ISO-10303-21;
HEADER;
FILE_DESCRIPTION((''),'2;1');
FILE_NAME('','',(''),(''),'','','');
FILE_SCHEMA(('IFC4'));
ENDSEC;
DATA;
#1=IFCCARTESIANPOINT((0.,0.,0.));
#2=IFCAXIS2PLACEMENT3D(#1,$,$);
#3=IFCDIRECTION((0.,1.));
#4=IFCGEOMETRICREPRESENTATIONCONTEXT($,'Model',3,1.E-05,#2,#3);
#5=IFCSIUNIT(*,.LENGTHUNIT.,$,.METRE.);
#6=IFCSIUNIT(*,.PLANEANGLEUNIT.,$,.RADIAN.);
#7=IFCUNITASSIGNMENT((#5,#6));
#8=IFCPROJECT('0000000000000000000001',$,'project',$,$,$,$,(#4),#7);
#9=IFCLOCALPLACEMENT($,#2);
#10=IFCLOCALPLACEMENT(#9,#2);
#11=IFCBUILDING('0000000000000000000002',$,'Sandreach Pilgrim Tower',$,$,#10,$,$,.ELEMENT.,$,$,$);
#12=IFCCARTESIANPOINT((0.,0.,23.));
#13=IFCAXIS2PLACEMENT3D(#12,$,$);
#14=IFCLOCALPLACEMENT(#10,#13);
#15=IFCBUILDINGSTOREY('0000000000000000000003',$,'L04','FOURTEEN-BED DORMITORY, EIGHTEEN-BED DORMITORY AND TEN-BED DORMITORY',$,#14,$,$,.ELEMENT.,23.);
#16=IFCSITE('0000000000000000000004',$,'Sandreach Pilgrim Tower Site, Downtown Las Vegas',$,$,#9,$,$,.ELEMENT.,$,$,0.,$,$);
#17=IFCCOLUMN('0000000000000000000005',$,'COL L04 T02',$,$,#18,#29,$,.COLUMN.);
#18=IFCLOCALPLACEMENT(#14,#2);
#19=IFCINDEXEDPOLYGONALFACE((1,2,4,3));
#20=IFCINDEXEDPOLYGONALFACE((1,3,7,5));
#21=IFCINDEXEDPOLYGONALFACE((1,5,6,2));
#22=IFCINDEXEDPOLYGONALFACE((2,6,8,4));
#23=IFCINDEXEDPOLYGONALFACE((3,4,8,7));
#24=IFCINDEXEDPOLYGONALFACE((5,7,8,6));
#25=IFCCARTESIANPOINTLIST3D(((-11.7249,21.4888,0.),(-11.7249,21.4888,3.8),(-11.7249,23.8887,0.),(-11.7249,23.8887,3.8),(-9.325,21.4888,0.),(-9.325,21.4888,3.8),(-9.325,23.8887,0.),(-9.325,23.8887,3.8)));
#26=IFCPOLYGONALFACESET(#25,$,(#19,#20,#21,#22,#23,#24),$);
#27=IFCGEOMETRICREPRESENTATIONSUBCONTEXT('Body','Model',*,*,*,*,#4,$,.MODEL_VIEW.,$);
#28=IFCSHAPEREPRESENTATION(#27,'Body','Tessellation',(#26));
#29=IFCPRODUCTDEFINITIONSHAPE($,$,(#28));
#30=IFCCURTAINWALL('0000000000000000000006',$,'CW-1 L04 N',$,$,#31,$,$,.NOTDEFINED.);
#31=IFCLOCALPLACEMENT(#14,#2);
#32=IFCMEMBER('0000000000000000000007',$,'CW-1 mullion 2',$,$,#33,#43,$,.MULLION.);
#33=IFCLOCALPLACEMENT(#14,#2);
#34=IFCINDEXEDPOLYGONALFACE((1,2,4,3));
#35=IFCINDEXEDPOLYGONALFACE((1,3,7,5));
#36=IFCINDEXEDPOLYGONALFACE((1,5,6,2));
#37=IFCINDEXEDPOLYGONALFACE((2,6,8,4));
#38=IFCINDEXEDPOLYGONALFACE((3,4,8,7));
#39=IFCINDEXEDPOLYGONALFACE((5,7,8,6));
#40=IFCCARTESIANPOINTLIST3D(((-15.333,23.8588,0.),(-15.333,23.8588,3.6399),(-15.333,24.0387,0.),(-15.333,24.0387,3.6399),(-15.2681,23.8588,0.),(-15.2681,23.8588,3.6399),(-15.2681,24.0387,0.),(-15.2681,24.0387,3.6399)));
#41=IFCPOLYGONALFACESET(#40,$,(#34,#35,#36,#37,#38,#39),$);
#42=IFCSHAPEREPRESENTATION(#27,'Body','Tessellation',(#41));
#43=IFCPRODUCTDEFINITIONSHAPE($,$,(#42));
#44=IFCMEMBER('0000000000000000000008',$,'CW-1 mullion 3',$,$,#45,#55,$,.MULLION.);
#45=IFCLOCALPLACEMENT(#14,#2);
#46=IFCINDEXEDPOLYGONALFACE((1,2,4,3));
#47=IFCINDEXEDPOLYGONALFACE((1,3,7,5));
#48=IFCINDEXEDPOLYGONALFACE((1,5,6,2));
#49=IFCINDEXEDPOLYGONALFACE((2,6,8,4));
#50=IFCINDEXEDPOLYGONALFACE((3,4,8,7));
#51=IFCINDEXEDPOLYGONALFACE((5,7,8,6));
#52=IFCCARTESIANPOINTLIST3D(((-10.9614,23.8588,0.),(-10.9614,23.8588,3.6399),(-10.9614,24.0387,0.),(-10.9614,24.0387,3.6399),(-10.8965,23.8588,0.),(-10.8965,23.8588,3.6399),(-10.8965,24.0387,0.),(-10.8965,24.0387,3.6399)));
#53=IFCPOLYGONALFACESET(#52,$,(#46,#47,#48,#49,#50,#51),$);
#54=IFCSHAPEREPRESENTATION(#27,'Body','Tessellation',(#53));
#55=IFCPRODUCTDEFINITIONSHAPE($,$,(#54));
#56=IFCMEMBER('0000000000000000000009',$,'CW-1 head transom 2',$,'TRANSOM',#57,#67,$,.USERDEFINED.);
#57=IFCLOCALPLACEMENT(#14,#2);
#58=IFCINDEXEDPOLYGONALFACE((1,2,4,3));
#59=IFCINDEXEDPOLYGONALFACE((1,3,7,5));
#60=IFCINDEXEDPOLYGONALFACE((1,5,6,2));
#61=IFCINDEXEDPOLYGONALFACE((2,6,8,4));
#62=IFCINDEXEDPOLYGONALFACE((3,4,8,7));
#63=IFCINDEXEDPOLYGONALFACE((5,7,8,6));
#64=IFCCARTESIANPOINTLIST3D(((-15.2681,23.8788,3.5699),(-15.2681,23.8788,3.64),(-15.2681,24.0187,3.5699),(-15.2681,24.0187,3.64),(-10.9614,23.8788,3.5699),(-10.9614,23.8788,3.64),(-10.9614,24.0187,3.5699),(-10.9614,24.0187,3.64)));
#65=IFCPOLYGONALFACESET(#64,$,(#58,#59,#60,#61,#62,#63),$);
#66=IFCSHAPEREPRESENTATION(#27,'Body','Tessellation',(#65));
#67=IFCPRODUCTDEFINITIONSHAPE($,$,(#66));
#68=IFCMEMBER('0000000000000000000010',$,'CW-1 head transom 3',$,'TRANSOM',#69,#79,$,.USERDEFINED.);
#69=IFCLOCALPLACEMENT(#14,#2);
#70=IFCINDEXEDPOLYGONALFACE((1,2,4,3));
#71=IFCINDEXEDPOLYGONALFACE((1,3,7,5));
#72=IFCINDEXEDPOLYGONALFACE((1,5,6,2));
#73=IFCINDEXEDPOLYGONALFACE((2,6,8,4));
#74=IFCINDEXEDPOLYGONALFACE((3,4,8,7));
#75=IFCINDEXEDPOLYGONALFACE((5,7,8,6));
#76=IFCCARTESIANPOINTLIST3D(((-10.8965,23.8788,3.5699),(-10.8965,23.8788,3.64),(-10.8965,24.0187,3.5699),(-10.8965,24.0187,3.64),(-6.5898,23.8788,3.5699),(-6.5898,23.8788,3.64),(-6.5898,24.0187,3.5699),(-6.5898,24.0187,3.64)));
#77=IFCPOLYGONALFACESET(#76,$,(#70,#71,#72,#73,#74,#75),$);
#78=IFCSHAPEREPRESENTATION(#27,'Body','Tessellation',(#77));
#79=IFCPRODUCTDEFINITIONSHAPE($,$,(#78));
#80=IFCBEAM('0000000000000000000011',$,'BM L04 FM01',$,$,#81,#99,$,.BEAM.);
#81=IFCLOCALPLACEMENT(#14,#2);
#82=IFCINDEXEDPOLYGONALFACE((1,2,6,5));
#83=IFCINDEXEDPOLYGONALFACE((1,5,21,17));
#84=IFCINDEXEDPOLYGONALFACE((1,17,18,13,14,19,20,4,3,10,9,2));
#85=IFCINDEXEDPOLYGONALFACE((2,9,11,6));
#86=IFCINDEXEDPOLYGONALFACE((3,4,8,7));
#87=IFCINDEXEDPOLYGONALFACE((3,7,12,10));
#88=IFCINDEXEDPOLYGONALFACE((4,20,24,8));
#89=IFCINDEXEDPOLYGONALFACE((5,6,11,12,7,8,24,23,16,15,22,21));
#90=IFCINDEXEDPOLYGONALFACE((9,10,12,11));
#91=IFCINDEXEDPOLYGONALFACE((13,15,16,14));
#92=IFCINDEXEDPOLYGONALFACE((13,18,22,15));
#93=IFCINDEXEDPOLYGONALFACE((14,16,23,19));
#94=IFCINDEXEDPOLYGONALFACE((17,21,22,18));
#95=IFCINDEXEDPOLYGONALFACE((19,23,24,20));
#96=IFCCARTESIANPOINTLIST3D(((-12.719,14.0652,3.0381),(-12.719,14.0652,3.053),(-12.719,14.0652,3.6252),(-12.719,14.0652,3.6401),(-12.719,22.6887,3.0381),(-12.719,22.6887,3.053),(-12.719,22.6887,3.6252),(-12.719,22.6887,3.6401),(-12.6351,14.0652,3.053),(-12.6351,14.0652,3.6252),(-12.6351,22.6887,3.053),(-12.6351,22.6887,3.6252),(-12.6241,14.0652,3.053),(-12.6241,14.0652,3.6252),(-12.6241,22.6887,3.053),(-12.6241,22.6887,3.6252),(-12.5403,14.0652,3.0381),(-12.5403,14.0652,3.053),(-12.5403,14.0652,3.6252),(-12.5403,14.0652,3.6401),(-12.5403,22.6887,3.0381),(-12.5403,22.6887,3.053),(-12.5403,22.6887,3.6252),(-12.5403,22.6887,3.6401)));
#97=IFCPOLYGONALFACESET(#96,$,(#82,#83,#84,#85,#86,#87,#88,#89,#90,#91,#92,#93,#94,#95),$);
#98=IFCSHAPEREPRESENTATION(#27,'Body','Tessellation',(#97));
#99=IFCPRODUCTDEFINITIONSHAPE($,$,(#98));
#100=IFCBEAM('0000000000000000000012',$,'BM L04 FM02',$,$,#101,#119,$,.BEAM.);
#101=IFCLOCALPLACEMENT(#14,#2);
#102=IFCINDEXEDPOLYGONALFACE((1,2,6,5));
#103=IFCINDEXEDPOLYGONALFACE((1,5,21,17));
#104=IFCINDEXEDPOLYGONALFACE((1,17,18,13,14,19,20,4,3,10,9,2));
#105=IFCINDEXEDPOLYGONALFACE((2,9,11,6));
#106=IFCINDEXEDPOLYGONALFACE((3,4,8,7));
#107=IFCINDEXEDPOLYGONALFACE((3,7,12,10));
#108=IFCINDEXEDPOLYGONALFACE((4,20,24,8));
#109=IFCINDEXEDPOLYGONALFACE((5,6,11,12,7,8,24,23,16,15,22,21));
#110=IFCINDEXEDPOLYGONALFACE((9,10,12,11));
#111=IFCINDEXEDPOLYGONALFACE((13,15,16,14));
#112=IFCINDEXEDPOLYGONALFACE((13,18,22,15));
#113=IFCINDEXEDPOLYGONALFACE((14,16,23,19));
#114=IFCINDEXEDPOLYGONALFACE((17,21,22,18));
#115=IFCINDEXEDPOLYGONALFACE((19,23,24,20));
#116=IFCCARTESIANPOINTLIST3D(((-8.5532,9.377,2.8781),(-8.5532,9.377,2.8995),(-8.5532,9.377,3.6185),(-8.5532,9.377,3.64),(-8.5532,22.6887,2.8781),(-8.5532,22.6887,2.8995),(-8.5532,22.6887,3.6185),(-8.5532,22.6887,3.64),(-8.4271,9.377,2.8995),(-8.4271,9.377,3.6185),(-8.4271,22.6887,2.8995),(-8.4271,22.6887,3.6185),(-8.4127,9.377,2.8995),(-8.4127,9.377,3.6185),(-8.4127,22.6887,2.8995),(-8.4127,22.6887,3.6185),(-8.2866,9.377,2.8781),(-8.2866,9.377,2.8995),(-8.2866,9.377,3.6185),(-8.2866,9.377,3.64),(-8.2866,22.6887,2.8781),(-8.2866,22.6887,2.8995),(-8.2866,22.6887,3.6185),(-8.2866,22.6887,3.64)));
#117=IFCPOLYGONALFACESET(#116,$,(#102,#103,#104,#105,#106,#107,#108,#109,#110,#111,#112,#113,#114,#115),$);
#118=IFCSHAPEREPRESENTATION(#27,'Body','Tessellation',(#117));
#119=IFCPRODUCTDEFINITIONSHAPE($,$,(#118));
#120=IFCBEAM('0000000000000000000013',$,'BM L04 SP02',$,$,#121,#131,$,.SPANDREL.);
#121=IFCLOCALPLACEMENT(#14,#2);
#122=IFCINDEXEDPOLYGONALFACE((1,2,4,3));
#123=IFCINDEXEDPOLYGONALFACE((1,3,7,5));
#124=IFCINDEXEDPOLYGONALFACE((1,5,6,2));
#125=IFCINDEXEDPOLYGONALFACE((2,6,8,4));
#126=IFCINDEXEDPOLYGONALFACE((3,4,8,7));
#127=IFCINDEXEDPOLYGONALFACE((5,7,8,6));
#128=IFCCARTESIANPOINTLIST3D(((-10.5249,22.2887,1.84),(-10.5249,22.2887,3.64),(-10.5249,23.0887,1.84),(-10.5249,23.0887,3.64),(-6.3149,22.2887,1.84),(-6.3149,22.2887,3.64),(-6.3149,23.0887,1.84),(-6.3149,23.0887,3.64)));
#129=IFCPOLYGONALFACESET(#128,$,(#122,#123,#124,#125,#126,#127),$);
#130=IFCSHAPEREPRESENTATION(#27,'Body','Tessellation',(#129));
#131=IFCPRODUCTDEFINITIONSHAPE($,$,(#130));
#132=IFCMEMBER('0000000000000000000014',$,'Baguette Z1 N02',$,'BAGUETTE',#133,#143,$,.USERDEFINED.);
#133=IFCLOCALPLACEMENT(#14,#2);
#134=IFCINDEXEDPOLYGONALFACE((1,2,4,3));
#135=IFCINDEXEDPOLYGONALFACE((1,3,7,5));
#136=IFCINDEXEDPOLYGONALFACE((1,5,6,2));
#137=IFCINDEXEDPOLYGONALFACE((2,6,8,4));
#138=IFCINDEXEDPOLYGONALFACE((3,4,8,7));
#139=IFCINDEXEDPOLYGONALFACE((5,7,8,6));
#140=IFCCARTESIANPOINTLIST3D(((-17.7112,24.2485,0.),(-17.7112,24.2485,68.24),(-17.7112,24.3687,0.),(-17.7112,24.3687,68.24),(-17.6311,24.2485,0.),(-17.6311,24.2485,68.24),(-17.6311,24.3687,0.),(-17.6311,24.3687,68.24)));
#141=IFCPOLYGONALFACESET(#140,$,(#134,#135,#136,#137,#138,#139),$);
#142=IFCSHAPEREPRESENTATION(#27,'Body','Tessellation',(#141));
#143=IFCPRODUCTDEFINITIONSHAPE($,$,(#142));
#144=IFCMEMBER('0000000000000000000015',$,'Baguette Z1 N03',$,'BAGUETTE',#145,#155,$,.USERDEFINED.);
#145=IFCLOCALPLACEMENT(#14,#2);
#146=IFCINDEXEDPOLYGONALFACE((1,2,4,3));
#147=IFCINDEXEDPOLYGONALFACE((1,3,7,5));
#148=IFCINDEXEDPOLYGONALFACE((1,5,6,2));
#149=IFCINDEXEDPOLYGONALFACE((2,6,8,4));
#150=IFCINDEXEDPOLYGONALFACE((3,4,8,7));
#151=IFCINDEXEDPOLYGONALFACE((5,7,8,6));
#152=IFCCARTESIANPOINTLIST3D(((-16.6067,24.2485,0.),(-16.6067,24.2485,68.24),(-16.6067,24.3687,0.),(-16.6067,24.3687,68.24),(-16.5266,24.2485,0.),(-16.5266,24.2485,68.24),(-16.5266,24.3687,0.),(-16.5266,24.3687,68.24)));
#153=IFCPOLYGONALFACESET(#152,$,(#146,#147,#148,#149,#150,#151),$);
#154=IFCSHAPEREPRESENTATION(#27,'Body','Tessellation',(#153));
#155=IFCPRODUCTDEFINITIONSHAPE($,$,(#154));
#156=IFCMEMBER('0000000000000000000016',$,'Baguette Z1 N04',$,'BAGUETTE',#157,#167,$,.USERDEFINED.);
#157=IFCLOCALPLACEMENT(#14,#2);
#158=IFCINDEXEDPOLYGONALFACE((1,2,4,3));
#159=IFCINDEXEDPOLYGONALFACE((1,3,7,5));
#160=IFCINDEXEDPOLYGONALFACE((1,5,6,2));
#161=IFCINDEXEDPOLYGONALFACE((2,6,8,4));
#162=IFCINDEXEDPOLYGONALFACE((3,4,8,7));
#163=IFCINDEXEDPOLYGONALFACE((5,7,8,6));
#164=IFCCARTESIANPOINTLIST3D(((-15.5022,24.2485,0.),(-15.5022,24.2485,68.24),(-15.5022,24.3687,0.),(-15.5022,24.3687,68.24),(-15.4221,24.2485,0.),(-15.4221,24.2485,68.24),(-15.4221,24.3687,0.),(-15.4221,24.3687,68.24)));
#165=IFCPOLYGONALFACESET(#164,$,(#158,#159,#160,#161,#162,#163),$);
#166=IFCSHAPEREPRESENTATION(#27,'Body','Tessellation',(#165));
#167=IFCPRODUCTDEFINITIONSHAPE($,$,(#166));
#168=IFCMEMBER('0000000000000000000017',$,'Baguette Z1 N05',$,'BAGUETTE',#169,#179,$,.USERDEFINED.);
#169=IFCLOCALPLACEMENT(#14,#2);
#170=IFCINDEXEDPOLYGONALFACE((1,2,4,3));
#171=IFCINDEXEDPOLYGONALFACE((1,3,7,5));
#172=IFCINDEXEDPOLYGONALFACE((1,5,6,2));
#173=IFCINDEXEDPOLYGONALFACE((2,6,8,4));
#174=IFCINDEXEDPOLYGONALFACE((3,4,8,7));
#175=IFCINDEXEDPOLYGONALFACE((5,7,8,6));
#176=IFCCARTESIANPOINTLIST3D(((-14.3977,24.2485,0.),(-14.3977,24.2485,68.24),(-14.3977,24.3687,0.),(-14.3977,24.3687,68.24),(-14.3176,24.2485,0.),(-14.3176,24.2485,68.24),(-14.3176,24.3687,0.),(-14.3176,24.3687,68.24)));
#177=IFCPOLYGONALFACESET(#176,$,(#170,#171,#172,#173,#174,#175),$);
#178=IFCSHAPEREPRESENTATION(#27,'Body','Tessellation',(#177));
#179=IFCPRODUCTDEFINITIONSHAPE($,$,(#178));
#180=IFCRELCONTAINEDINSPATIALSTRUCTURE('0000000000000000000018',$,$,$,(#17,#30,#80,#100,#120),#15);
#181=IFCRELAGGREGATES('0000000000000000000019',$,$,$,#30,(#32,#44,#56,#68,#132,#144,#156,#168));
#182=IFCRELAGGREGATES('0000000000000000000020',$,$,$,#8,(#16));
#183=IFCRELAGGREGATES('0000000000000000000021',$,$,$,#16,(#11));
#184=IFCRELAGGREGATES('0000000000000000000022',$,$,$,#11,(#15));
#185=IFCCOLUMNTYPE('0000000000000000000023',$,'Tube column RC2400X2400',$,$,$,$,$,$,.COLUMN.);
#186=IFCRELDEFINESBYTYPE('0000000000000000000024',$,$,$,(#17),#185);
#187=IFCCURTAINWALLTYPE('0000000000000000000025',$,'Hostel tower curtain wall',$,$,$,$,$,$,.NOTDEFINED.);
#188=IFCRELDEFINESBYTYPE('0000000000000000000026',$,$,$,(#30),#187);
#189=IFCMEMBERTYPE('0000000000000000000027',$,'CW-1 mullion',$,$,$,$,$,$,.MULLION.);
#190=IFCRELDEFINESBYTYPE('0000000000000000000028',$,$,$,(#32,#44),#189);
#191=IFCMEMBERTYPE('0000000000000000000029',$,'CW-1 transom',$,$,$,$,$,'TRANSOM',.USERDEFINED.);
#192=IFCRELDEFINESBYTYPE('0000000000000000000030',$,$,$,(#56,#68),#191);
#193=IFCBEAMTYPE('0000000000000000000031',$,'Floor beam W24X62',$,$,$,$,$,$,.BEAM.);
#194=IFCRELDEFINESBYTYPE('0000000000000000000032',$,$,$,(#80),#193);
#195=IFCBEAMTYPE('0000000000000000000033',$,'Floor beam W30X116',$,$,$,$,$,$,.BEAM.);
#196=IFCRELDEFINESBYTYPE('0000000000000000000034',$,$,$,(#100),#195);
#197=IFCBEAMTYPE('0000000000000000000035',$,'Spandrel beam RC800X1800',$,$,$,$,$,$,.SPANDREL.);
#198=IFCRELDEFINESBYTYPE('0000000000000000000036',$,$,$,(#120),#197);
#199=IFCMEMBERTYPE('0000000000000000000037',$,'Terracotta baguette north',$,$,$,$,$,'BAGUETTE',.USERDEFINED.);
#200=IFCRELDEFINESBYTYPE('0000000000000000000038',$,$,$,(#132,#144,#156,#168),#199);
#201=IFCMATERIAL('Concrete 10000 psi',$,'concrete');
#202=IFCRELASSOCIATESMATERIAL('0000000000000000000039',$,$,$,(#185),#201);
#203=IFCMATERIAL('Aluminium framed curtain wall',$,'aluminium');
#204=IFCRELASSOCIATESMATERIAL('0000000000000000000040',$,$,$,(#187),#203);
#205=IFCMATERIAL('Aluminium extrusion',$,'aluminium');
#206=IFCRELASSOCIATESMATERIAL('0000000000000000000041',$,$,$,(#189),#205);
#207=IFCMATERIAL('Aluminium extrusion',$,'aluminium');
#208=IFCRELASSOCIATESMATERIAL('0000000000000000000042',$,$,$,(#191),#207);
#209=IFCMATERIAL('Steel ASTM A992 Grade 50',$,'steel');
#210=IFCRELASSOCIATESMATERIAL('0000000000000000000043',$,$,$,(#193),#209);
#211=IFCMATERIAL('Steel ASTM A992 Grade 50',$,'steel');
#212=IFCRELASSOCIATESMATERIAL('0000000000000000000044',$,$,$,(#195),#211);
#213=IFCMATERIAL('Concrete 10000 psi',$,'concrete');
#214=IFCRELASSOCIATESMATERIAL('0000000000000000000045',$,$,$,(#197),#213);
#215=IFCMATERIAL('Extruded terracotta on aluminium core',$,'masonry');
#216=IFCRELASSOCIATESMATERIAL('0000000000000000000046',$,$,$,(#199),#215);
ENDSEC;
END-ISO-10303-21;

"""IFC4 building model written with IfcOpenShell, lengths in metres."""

from ifc_helpers import new_model, si_unit, direction, frame, origin, origin_2d, place, context, subcontext, project, spatial, rectangle, i_section, extrude, material, material_profile, profile_set, type_object, element, aggregate, save


model = new_model("IFC4")

# Units and contexts
model_context = context("Model", 3, precision=1e-05, world=origin(), true_north=direction((0.0, 1.0)))
body_context = subcontext(model_context, "Body", "Model", "MODEL_VIEW")
ifc_project = project(units=[si_unit("LENGTHUNIT", "METRE"), si_unit("PLANEANGLEUNIT", "RADIAN")], contexts=[model_context])

# Site, building, storey
site_placement = place(None, origin())
site = spatial("IfcSite", under=ifc_project, at=site_placement, Name="Sandreach Pilgrim Tower Site, Downtown Las Vegas", CompositionType="ELEMENT", RefElevation=0.0)
building_placement = place(site_placement, origin())
building = spatial("IfcBuilding", under=site, at=building_placement, Name="Sandreach Pilgrim Tower", CompositionType="ELEMENT")
storey_placement = place(building_placement, frame((0.0, 0.0, 23.0)))
storey = spatial("IfcBuildingStorey", under=building, at=storey_placement, Name="L04", Description="FOURTEEN-BED DORMITORY, EIGHTEEN-BED DORMITORY AND TEN-BED DORMITORY", CompositionType="ELEMENT", Elevation=23.0)

# Column
ifc_material_1 = material(Name="Concrete 10000 psi", Category="concrete")
ifc_material_profile_1 = material_profile(ifc_material_1, rectangle(XDim=2.3999, YDim=2.3999, at=origin_2d()), Name="RC2400X2400")
ifc_profile_set_1 = profile_set([ifc_material_profile_1], Name="Concrete 10000 psi")
column_type = type_object("IfcColumnType", Name="Tube column RC2400X2400", PredefinedType="COLUMN", material=ifc_profile_set_1)
column_placement = place(storey_placement, frame((-10.5249, 22.6887, 0.0), z_axis=(0.0, 0.0, 1.0), x_axis=(0.0, 1.0, 0.0)))
element("IfcColumn", 1, at=column_placement, inside=storey, type_object=column_type, Name="COL L04 T02", PredefinedType="COLUMN", context=body_context, shape_type="SweptSolid", body=[
    extrude(rectangle(XDim=2.3999, YDim=2.3999, at=origin_2d()), origin(), (0.0, 0.0, 1.0), 3.8),
])

# Curtain wall, members
ifc_material_2 = material(Name="Aluminium framed curtain wall", Category="aluminium")
curtain_wall_type = type_object("IfcCurtainWallType", Name="Hostel tower curtain wall", PredefinedType="NOTDEFINED", material=ifc_material_2)
curtain_wall_placement = place(storey_placement, origin())
curtain_wall = element("IfcCurtainWall", 2, at=curtain_wall_placement, inside=storey, type_object=curtain_wall_type, Name="CW-1 L04 N", PredefinedType="NOTDEFINED")
ifc_material_3 = material(Name="Aluminium extrusion", Category="aluminium")
ifc_material_profile_2 = material_profile(ifc_material_3, rectangle(XDim=0.0649, YDim=0.1799, at=origin_2d()), Name="CW-1M 65X180")
ifc_profile_set_2 = profile_set([ifc_material_profile_2], Name="Aluminium extrusion")
member_type_1 = type_object("IfcMemberType", Name="CW-1 mullion", PredefinedType="MULLION", material=ifc_profile_set_2)
member_1_placement = place(storey_placement, frame((-15.3005, 23.9487, 0.0), z_axis=(0.0, 0.0, 1.0), x_axis=(1.0, 0.0, 0.0)))
member_1 = element("IfcMember", 3, at=member_1_placement, type_object=member_type_1, Name="CW-1 mullion 2", PredefinedType="MULLION", context=body_context, shape_type="SweptSolid", body=[
    extrude(rectangle(XDim=0.0649, YDim=0.1799, at=origin_2d()), origin(), (0.0, 0.0, 1.0), 3.6399),
])
member_2_placement = place(storey_placement, frame((-10.929, 23.9487, 0.0), z_axis=(0.0, 0.0, 1.0), x_axis=(1.0, 0.0, 0.0)))
member_2 = element("IfcMember", 4, at=member_2_placement, type_object=member_type_1, Name="CW-1 mullion 3", PredefinedType="MULLION", context=body_context, shape_type="SweptSolid", body=[
    extrude(rectangle(XDim=0.0649, YDim=0.1799, at=origin_2d()), origin(), (0.0, 0.0, 1.0), 3.6399),
])
ifc_material_4 = material(Name="Aluminium extrusion", Category="aluminium")
ifc_material_profile_3 = material_profile(ifc_material_4, rectangle(XDim=0.1399, YDim=0.0701, at=origin_2d()), Name="CW-1T 140X70")
ifc_profile_set_3 = profile_set([ifc_material_profile_3], Name="Aluminium extrusion")
member_type_2 = type_object("IfcMemberType", Name="CW-1 transom", ElementType="TRANSOM", PredefinedType="USERDEFINED", material=ifc_profile_set_3)
member_3_placement = place(storey_placement, frame((-15.2681, 23.9487, 3.605), z_axis=(1.0, 0.0, 0.0), x_axis=(0.0, 1.0, 0.0)))
member_3 = element("IfcMember", 5, at=member_3_placement, type_object=member_type_2, Name="CW-1 head transom 2", ObjectType="TRANSOM", PredefinedType="USERDEFINED", context=body_context, shape_type="SweptSolid", body=[
    extrude(rectangle(XDim=0.1399, YDim=0.0701, at=origin_2d()), origin(), (0.0, 0.0, 1.0), 4.3066),
])
member_4_placement = place(storey_placement, frame((-10.8965, 23.9487, 3.605), z_axis=(1.0, 0.0, 0.0), x_axis=(0.0, 1.0, 0.0)))
member_4 = element("IfcMember", 6, at=member_4_placement, type_object=member_type_2, Name="CW-1 head transom 3", ObjectType="TRANSOM", PredefinedType="USERDEFINED", context=body_context, shape_type="SweptSolid", body=[
    extrude(rectangle(XDim=0.1399, YDim=0.0701, at=origin_2d()), origin(), (0.0, 0.0, 1.0), 4.3066),
])

# Beams
ifc_material_5 = material(Name="Steel ASTM A992 Grade 50", Category="steel")
ifc_material_profile_4 = material_profile(ifc_material_5, i_section(OverallWidth=0.1787, OverallDepth=0.6021, WebThickness=0.011, FlangeThickness=0.0149, at=origin_2d()), Name="W24X62")
ifc_profile_set_4 = profile_set([ifc_material_profile_4], Name="Steel ASTM A992 Grade 50")
beam_type_1 = type_object("IfcBeamType", Name="Floor beam W24X62", PredefinedType="BEAM", material=ifc_profile_set_4)
beam_1_placement = place(storey_placement, frame((-12.6296, 22.6887, 3.3391), z_axis=(0.0, -1.0, 0.0), x_axis=(1.0, 0.0, 0.0)))
element("IfcBeam", 7, at=beam_1_placement, inside=storey, type_object=beam_type_1, Name="BM L04 FM01", PredefinedType="BEAM", context=body_context, shape_type="SweptSolid", body=[
    extrude(i_section(OverallWidth=0.1787, OverallDepth=0.6021, WebThickness=0.011, FlangeThickness=0.0149, at=origin_2d()), origin(), (0.0, 0.0, 1.0), 8.6235),
])
ifc_material_6 = material(Name="Steel ASTM A992 Grade 50", Category="steel")
ifc_material_profile_5 = material_profile(ifc_material_6, i_section(OverallWidth=0.2666, OverallDepth=0.762, WebThickness=0.0144, FlangeThickness=0.0215, at=origin_2d()), Name="W30X116")
ifc_profile_set_5 = profile_set([ifc_material_profile_5], Name="Steel ASTM A992 Grade 50")
beam_type_2 = type_object("IfcBeamType", Name="Floor beam W30X116", PredefinedType="BEAM", material=ifc_profile_set_5)
beam_2_placement = place(storey_placement, frame((-8.4199, 22.6887, 3.259), z_axis=(0.0, -1.0, 0.0), x_axis=(1.0, 0.0, 0.0)))
element("IfcBeam", 8, at=beam_2_placement, inside=storey, type_object=beam_type_2, Name="BM L04 FM02", PredefinedType="BEAM", context=body_context, shape_type="SweptSolid", body=[
    extrude(i_section(OverallWidth=0.2666, OverallDepth=0.762, WebThickness=0.0144, FlangeThickness=0.0215, at=origin_2d()), origin(), (0.0, 0.0, 1.0), 13.3118),
])
ifc_material_7 = material(Name="Concrete 10000 psi", Category="concrete")
ifc_material_profile_6 = material_profile(ifc_material_7, rectangle(XDim=0.8, YDim=1.8, at=origin_2d()), Name="RC800X1800")
ifc_profile_set_6 = profile_set([ifc_material_profile_6], Name="Concrete 10000 psi")
beam_type_3 = type_object("IfcBeamType", Name="Spandrel beam RC800X1800", PredefinedType="SPANDREL", material=ifc_profile_set_6)
beam_3_placement = place(storey_placement, frame((-10.5249, 22.6887, 2.74), z_axis=(1.0, 0.0, 0.0), x_axis=(0.0, 1.0, 0.0)))
element("IfcBeam", 9, at=beam_3_placement, inside=storey, type_object=beam_type_3, Name="BM L04 SP02", PredefinedType="SPANDREL", context=body_context, shape_type="SweptSolid", body=[
    extrude(rectangle(XDim=0.8, YDim=1.8, at=origin_2d()), origin(), (0.0, 0.0, 1.0), 4.21),
])

# Members
ifc_material_8 = material(Name="Extruded terracotta on aluminium core", Category="masonry")
ifc_material_profile_7 = material_profile(ifc_material_8, rectangle(XDim=0.0801, YDim=0.1201, at=origin_2d()), Name="TBN 80X120")
ifc_profile_set_7 = profile_set([ifc_material_profile_7], Name="Extruded terracotta on aluminium core")
member_type_3 = type_object("IfcMemberType", Name="Terracotta baguette north", ElementType="BAGUETTE", PredefinedType="USERDEFINED", material=ifc_profile_set_7)
member_5_placement = place(storey_placement, frame((-17.6711, 24.3086, 0.0), z_axis=(0.0, 0.0, 1.0), x_axis=(1.0, 0.0, 0.0)))
member_5 = element("IfcMember", 10, at=member_5_placement, type_object=member_type_3, Name="Baguette Z1 N02", ObjectType="BAGUETTE", PredefinedType="USERDEFINED", context=body_context, shape_type="SweptSolid", body=[
    extrude(rectangle(XDim=0.0801, YDim=0.1201, at=origin_2d()), origin(), (0.0, 0.0, 1.0), 68.24),
])
member_6_placement = place(storey_placement, frame((-16.5667, 24.3086, 0.0), z_axis=(0.0, 0.0, 1.0), x_axis=(1.0, 0.0, 0.0)))
member_6 = element("IfcMember", 11, at=member_6_placement, type_object=member_type_3, Name="Baguette Z1 N03", ObjectType="BAGUETTE", PredefinedType="USERDEFINED", context=body_context, shape_type="SweptSolid", body=[
    extrude(rectangle(XDim=0.0801, YDim=0.1201, at=origin_2d()), origin(), (0.0, 0.0, 1.0), 68.24),
])
member_7_placement = place(storey_placement, frame((-15.4622, 24.3086, 0.0), z_axis=(0.0, 0.0, 1.0), x_axis=(1.0, 0.0, 0.0)))
member_7 = element("IfcMember", 12, at=member_7_placement, type_object=member_type_3, Name="Baguette Z1 N04", ObjectType="BAGUETTE", PredefinedType="USERDEFINED", context=body_context, shape_type="SweptSolid", body=[
    extrude(rectangle(XDim=0.0801, YDim=0.1201, at=origin_2d()), origin(), (0.0, 0.0, 1.0), 68.24),
])
member_8_placement = place(storey_placement, frame((-14.3577, 24.3086, 0.0), z_axis=(0.0, 0.0, 1.0), x_axis=(1.0, 0.0, 0.0)))
member_8 = element("IfcMember", 13, at=member_8_placement, type_object=member_type_3, Name="Baguette Z1 N05", ObjectType="BAGUETTE", PredefinedType="USERDEFINED", context=body_context, shape_type="SweptSolid", body=[
    extrude(rectangle(XDim=0.0801, YDim=0.1201, at=origin_2d()), origin(), (0.0, 0.0, 1.0), 68.24),
])

aggregate(curtain_wall, [member_1, member_2, member_3, member_4, member_5, member_6, member_7, member_8])

save(model, "model.ifc")
